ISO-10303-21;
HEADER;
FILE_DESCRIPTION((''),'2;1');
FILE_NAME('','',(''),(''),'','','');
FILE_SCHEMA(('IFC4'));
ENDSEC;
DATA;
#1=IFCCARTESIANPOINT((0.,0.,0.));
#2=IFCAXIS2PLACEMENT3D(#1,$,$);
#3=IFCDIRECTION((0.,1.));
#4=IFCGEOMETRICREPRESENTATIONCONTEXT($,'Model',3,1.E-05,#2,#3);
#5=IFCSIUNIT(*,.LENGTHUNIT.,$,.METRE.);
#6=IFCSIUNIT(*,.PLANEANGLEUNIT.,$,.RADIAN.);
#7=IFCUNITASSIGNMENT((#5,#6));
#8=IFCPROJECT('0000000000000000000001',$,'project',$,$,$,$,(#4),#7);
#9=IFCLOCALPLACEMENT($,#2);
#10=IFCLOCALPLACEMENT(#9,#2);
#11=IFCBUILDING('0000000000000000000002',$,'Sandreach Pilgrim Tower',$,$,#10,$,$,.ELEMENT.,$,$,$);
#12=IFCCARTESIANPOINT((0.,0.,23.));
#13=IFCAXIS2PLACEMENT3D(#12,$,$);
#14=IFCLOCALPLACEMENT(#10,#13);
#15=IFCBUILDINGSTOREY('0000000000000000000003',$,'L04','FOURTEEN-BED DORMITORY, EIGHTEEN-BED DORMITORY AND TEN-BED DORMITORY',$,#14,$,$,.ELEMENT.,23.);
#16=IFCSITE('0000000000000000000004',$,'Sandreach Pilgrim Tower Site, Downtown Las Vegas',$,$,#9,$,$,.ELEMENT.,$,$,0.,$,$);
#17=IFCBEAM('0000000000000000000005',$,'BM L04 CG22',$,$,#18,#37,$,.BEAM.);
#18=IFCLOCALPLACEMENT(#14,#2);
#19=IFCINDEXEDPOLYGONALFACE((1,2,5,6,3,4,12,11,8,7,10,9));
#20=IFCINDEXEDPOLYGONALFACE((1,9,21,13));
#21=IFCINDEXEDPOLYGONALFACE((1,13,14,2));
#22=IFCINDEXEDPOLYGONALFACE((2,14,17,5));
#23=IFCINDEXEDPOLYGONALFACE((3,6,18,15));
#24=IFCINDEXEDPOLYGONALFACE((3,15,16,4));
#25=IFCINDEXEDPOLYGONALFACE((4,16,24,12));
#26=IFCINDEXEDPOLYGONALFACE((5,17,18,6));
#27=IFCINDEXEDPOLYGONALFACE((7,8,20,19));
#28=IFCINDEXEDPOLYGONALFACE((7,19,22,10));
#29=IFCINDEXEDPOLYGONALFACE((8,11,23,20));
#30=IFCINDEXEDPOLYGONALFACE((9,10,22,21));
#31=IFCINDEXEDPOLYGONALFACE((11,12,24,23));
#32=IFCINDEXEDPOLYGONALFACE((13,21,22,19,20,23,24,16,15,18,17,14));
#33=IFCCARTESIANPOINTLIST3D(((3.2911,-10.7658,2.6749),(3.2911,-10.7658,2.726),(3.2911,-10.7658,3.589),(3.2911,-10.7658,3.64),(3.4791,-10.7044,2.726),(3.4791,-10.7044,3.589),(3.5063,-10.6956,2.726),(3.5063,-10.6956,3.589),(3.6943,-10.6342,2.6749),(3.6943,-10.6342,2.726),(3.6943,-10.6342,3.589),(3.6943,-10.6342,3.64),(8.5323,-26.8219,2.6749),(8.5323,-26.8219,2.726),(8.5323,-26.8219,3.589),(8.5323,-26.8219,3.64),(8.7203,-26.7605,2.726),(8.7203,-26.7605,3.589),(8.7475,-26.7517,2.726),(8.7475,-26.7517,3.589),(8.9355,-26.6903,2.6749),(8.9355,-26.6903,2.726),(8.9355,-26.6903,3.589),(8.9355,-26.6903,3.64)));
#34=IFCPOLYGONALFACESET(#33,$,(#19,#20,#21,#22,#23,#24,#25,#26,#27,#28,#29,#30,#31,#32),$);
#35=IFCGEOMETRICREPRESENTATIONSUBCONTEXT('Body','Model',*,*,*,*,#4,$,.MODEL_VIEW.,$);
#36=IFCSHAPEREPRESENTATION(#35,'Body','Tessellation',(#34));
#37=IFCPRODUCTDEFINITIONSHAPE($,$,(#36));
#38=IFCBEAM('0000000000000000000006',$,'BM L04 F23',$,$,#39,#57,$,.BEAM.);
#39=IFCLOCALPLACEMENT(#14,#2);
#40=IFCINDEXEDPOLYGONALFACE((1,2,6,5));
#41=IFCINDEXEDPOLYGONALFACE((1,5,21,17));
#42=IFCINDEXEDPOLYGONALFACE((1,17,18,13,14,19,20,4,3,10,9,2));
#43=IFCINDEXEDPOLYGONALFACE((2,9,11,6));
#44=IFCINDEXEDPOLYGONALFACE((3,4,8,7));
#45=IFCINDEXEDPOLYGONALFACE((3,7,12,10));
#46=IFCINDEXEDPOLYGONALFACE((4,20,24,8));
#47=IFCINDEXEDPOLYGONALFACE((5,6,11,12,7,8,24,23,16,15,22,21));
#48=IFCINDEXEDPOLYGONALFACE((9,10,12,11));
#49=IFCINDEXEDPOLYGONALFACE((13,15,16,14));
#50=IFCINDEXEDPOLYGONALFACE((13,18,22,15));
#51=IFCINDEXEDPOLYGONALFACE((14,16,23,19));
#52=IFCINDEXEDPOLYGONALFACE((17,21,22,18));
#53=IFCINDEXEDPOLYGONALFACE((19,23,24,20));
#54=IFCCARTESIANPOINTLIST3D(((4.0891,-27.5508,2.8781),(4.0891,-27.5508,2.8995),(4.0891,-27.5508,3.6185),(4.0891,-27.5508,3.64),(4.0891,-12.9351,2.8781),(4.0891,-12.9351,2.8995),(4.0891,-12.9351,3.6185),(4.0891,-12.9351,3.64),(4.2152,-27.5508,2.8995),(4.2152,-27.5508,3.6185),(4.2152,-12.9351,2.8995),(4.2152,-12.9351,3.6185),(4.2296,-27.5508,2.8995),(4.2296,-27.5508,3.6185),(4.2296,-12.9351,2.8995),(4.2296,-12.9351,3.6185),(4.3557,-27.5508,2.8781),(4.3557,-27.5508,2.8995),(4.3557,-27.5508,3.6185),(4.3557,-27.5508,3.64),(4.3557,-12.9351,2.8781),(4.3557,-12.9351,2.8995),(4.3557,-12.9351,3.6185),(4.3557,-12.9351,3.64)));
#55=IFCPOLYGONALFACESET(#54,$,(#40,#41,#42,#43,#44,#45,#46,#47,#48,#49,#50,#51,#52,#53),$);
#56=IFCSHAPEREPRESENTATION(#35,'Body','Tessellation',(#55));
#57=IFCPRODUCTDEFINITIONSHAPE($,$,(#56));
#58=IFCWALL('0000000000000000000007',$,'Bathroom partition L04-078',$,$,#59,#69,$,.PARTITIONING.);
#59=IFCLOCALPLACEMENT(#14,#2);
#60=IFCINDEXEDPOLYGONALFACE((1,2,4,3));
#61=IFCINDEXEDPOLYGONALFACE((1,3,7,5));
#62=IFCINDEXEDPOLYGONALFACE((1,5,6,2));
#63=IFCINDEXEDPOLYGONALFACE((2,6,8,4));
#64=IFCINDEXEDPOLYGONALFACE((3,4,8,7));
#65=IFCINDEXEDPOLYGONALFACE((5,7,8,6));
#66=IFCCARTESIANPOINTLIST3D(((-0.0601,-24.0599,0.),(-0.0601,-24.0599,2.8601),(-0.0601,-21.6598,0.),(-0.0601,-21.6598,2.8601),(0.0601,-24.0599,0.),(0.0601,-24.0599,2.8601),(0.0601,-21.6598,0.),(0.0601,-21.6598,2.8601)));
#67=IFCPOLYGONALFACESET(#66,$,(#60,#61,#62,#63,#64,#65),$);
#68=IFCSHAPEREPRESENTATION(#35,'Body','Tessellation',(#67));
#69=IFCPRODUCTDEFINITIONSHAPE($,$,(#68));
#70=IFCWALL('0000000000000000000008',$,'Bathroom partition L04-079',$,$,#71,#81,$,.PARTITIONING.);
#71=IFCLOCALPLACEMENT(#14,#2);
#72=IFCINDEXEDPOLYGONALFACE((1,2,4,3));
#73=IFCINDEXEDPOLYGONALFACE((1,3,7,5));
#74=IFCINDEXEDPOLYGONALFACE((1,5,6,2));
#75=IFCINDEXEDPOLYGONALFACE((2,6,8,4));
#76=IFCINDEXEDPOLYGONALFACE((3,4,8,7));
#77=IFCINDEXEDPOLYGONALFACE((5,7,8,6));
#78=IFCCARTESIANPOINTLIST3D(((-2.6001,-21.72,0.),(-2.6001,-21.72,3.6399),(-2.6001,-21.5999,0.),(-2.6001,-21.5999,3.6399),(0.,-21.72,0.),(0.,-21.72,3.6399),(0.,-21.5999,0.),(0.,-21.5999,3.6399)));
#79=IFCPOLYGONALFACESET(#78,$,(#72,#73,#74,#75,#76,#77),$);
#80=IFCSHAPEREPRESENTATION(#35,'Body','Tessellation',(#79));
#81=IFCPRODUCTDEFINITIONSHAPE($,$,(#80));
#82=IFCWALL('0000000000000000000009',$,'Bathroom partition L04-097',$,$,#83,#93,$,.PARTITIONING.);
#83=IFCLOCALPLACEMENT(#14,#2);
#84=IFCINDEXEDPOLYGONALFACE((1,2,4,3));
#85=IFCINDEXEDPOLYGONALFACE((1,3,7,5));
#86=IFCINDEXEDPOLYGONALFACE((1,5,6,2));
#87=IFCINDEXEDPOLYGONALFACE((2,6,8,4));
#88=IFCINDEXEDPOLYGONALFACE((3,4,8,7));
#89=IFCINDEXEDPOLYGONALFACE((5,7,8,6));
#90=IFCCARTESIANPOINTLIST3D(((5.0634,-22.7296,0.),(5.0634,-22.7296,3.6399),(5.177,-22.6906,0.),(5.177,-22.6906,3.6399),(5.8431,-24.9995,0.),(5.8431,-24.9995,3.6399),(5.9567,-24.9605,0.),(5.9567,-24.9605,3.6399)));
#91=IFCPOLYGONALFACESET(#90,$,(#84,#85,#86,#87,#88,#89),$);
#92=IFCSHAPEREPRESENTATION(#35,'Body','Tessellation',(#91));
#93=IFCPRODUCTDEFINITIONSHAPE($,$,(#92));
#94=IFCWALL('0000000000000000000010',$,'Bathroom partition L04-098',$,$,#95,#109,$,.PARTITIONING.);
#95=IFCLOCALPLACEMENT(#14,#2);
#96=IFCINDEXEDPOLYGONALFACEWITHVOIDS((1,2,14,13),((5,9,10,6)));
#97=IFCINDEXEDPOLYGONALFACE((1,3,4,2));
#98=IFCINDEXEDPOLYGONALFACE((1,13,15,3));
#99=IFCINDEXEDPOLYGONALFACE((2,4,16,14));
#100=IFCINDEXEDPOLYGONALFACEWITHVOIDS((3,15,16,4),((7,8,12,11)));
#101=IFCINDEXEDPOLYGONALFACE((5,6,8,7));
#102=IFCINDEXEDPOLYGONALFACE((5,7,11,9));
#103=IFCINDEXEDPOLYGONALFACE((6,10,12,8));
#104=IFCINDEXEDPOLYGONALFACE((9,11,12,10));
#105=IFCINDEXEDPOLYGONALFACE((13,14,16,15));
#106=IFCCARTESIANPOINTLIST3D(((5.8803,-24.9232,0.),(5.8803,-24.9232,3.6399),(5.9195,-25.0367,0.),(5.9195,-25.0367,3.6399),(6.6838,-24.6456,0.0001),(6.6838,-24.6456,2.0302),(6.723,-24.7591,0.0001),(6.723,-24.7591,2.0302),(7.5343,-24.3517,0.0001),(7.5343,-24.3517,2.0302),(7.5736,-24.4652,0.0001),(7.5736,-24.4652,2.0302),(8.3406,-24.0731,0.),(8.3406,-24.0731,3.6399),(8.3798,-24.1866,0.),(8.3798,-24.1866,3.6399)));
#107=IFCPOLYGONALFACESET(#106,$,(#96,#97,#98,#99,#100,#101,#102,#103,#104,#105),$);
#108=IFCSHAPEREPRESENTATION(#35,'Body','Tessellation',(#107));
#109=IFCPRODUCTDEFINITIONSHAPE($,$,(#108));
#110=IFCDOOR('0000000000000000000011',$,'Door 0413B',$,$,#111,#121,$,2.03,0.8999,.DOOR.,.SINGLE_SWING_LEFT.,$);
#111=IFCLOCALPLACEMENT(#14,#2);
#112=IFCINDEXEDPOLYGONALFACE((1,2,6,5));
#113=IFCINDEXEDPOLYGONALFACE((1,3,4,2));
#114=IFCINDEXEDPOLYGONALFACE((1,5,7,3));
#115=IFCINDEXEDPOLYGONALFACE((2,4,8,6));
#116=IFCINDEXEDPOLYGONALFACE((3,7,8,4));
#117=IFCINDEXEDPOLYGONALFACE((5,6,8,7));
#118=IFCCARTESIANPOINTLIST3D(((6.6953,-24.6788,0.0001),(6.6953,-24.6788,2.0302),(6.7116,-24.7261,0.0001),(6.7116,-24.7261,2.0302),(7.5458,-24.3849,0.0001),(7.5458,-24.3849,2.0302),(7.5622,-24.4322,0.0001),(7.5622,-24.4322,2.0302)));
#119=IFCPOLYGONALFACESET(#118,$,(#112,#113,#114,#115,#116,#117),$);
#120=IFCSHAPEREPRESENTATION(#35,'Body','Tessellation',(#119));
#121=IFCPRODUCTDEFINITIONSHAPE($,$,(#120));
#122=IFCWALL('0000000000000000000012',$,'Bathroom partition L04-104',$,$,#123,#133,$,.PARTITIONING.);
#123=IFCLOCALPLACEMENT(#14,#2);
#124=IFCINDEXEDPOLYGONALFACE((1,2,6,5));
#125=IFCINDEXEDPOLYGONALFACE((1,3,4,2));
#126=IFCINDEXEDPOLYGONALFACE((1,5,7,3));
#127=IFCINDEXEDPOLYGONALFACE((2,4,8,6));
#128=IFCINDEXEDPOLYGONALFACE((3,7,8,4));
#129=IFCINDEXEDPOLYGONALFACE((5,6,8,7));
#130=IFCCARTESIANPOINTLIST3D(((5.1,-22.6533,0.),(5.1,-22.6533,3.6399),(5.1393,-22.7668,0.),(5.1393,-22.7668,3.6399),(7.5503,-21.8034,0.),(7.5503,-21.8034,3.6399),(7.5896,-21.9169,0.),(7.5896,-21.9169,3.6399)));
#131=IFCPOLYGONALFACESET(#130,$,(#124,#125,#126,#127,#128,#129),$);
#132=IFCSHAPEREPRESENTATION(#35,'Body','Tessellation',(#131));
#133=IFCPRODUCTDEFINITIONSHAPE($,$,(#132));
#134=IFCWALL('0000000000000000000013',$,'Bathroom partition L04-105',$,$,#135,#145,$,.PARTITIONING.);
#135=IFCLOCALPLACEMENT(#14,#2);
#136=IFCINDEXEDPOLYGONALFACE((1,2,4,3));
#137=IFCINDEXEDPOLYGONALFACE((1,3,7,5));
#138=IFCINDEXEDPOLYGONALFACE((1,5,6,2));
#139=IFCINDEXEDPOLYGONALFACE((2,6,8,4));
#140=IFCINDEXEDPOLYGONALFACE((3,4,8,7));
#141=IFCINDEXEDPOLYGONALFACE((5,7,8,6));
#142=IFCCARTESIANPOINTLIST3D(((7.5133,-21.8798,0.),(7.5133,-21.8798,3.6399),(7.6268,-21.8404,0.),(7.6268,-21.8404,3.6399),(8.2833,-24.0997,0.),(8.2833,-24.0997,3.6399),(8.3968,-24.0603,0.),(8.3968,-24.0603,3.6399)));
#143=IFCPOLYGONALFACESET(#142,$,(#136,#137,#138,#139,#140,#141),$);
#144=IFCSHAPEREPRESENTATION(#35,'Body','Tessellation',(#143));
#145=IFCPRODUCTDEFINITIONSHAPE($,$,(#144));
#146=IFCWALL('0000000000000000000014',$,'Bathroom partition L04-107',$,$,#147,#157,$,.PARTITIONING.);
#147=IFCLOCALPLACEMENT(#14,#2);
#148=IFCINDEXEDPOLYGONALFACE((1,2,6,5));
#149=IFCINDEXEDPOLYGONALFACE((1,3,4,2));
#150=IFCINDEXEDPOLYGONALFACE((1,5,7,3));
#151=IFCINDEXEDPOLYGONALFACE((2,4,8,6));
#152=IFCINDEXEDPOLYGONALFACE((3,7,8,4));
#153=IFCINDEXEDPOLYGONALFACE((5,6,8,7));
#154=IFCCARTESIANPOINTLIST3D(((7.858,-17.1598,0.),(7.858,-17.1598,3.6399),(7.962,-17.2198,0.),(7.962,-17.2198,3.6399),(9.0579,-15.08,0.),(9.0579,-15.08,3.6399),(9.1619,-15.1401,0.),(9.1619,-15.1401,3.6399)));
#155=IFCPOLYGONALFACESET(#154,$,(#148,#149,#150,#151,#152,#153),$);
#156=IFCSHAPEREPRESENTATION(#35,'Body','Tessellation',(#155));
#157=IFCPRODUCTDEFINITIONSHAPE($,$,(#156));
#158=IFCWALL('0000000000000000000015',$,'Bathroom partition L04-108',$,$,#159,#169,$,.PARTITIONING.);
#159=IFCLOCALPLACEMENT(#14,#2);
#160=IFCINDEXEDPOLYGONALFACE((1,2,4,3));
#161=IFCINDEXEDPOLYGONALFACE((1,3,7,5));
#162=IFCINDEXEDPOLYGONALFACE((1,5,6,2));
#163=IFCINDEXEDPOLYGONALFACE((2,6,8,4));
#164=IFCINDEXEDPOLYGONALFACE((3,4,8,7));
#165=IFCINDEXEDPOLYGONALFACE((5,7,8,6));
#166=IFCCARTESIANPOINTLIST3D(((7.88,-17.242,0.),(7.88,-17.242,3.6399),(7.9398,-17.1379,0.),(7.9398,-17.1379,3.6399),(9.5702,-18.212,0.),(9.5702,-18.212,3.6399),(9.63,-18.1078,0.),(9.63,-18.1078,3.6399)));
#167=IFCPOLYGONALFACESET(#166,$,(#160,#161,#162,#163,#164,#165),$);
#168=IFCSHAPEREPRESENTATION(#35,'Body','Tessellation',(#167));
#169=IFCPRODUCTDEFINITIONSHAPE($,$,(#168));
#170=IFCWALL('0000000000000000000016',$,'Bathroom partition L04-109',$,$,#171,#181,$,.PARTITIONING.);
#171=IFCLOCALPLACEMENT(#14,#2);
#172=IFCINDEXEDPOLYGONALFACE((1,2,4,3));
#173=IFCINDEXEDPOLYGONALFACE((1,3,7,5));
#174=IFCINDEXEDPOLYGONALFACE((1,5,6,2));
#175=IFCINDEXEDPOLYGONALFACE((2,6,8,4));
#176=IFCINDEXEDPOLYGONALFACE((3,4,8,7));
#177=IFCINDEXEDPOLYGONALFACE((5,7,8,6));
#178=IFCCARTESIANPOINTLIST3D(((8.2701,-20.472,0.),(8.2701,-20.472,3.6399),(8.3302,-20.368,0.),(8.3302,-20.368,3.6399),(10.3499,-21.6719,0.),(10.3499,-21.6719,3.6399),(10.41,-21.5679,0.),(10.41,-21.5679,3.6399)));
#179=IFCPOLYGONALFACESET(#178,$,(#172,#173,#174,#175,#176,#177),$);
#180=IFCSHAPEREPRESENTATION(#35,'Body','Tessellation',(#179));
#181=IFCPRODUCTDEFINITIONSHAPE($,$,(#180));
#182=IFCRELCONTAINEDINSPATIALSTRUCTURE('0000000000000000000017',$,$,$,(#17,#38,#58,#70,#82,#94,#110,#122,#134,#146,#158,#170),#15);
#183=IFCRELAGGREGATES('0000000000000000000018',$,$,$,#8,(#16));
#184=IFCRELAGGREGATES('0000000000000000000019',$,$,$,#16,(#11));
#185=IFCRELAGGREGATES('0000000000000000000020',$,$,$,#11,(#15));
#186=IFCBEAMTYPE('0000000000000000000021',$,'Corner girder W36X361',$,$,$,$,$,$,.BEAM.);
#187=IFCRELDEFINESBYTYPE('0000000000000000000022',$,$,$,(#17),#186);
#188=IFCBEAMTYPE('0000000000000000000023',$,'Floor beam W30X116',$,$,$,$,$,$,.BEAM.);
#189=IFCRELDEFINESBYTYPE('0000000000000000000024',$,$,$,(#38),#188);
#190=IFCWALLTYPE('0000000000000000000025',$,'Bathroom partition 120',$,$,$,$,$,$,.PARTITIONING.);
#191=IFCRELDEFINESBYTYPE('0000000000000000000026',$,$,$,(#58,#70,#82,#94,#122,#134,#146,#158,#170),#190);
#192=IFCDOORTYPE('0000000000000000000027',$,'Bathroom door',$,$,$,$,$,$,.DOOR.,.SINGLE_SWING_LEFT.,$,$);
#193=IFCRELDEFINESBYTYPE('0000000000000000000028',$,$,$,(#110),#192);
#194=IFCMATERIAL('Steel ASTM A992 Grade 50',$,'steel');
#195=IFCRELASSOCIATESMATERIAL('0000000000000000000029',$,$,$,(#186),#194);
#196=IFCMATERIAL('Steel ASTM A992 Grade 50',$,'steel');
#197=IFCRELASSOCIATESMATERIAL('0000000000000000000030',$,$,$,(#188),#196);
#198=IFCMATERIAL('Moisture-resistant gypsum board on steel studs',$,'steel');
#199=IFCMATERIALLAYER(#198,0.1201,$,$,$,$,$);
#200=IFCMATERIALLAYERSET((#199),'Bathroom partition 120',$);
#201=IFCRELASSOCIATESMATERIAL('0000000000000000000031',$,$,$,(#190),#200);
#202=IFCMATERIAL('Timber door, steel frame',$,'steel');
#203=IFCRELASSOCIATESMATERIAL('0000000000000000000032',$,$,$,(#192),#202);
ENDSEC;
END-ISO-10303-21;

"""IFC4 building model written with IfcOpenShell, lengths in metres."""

from ifc_helpers import new_model, si_unit, direction, frame, frame_2d, origin, origin_2d, place, context, subcontext, project, spatial, rectangle, i_section, extrude, material, layer, layer_set, material_profile, profile_set, type_object, element, fill, save


model = new_model("IFC4")

# Units and contexts
model_context = context("Model", 3, precision=1e-05, world=origin(), true_north=direction((0.0, 1.0)))
body_context = subcontext(model_context, "Body", "Model", "MODEL_VIEW")
ifc_project = project(units=[si_unit("LENGTHUNIT", "METRE"), si_unit("PLANEANGLEUNIT", "RADIAN")], contexts=[model_context])

# Site, building, storey
site_placement = place(None, origin())
site = spatial("IfcSite", under=ifc_project, at=site_placement, Name="Sandreach Pilgrim Tower Site, Downtown Las Vegas", CompositionType="ELEMENT", RefElevation=0.0)
building_placement = place(site_placement, origin())
building = spatial("IfcBuilding", under=site, at=building_placement, Name="Sandreach Pilgrim Tower", CompositionType="ELEMENT")
storey_placement = place(building_placement, frame((0.0, 0.0, 23.0)))
storey = spatial("IfcBuildingStorey", under=building, at=storey_placement, Name="L04", Description="FOURTEEN-BED DORMITORY, EIGHTEEN-BED DORMITORY AND TEN-BED DORMITORY", CompositionType="ELEMENT", Elevation=23.0)

# Beams
ifc_material_1 = material(Name="Steel ASTM A992 Grade 50", Category="steel")
ifc_material_profile_1 = material_profile(ifc_material_1, i_section(OverallWidth=0.4241, OverallDepth=0.9651, WebThickness=0.0286, FlangeThickness=0.051, at=origin_2d()), Name="W36X361")
ifc_profile_set_1 = profile_set([ifc_material_profile_1], Name="Steel ASTM A992 Grade 50")
beam_type_1 = type_object("IfcBeamType", Name="Corner girder W36X361", PredefinedType="BEAM", material=ifc_profile_set_1)
beam_1_placement = place(storey_placement, frame((8.7339, -26.7561, 3.1575), z_axis=(-0.310315, 0.950634, 0.0), x_axis=(-0.950634, -0.310315, 0.0)))
element("IfcBeam", 1, at=beam_1_placement, inside=storey, type_object=beam_type_1, Name="BM L04 CG22", PredefinedType="BEAM", context=body_context, shape_type="SweptSolid", body=[
    extrude(i_section(OverallWidth=0.4241, OverallDepth=0.9651, WebThickness=0.0286, FlangeThickness=0.051, at=origin_2d()), origin(), (0.0, 0.0, 1.0), 16.8899),
])
ifc_material_2 = material(Name="Steel ASTM A992 Grade 50", Category="steel")
ifc_material_profile_2 = material_profile(ifc_material_2, i_section(OverallWidth=0.2666, OverallDepth=0.762, WebThickness=0.0144, FlangeThickness=0.0215, at=origin_2d()), Name="W30X116")
ifc_profile_set_2 = profile_set([ifc_material_profile_2], Name="Steel ASTM A992 Grade 50")
beam_type_2 = type_object("IfcBeamType", Name="Floor beam W30X116", PredefinedType="BEAM", material=ifc_profile_set_2)
beam_2_placement = place(storey_placement, frame((4.2224, -27.5508, 3.259), z_axis=(0.0, 1.0, 0.0), x_axis=(-1.0, 0.0, 0.0)))
element("IfcBeam", 2, at=beam_2_placement, inside=storey, type_object=beam_type_2, Name="BM L04 F23", PredefinedType="BEAM", context=body_context, shape_type="SweptSolid", body=[
    extrude(i_section(OverallWidth=0.2666, OverallDepth=0.762, WebThickness=0.0144, FlangeThickness=0.0215, at=origin_2d()), origin(), (0.0, 0.0, 1.0), 14.6157),
])

# Walls
ifc_material_3 = material(Name="Moisture-resistant gypsum board on steel studs", Category="steel")
ifc_layer_1 = layer(ifc_material_3, 0.1201)
ifc_layer_set_1 = layer_set([ifc_layer_1], Name="Bathroom partition 120")
wall_type_1 = type_object("IfcWallType", Name="Bathroom partition 120", PredefinedType="PARTITIONING", material=ifc_layer_set_1)
wall_1_placement = place(storey_placement, frame((0.0, -24.0601, 0.0), z_axis=(0.0, 0.0, 1.0), x_axis=(0.0, 1.0, 0.0)))
element("IfcWall", 3, at=wall_1_placement, inside=storey, type_object=wall_type_1, Name="Bathroom partition L04-078", PredefinedType="PARTITIONING", context=body_context, shape_type="SweptSolid", body=[
    extrude(rectangle(XDim=2.4001, YDim=0.1201, at=frame_2d((1.2002, 0.0))), origin(), (0.0, 0.0, 1.0), 2.8601),
])
wall_2_placement = place(storey_placement, frame((0.0, -21.6599, 0.0), z_axis=(0.0, 0.0, 1.0), x_axis=(-1.0, 0.0, 0.0)))
element("IfcWall", 4, at=wall_2_placement, inside=storey, type_object=wall_type_1, Name="Bathroom partition L04-079", PredefinedType="PARTITIONING", context=body_context, shape_type="SweptSolid", body=[
    extrude(rectangle(XDim=2.6001, YDim=0.1201, at=frame_2d((1.3, 0.0))), origin(), (0.0, 0.0, 1.0), 3.6399),
])
wall_3_placement = place(storey_placement, frame((5.1201, -22.71, 0.0), z_axis=(0.0, 0.0, 1.0), x_axis=(0.324881, -0.945755, 0.0)))
element("IfcWall", 5, at=wall_3_placement, inside=storey, type_object=wall_type_1, Name="Bathroom partition L04-097", PredefinedType="PARTITIONING", context=body_context, shape_type="SweptSolid", body=[
    extrude(rectangle(XDim=2.4001, YDim=0.1201, at=frame_2d((1.2002, 0.0))), origin(), (0.0, 0.0, 1.0), 3.6399),
])

# Wall, opening, door
wall_4_placement = place(storey_placement, frame((5.8999, -24.98, 0.0), z_axis=(0.0, 0.0, 1.0), x_axis=(0.945165, 0.326592, 0.0)))
wall_4 = element("IfcWall", 6, at=wall_4_placement, inside=storey, type_object=wall_type_1, Name="Bathroom partition L04-098", PredefinedType="PARTITIONING", context=body_context, shape_type="SweptSolid", body=[
    extrude(rectangle(XDim=2.603, YDim=0.1201, at=frame_2d((1.3015, 0.0))), origin(), (0.0, 0.0, 1.0), 3.6399),
])
opening_1_placement = place(wall_4_placement, frame((0.8501, 0.0, 0.0)))
opening_1 = element("IfcOpeningElement", 7, at=opening_1_placement, cuts=wall_4, PredefinedType="OPENING", context=body_context, shape_type="SweptSolid", body=[
    extrude(rectangle(XDim=0.8999, YDim=2.03, at=frame_2d((0.45, 1.0151))), frame((0.0, 0.0601, 0.0), z_axis=(0.0, -1.0, 0.0), x_axis=(1.0, 0.0, 0.0)), (0.0, 0.0, 1.0), 0.1201),
])
ifc_material_4 = material(Name="Timber door, steel frame", Category="steel")
door_type_1 = type_object("IfcDoorType", Name="Bathroom door", OperationType="SINGLE_SWING_LEFT", PredefinedType="DOOR", material=ifc_material_4)
door_1_placement = place(opening_1_placement, origin())
door_1 = element("IfcDoor", 8, at=door_1_placement, inside=storey, type_object=door_type_1, Name="Door 0413B", OperationType="SINGLE_SWING_LEFT", OverallHeight=2.03, OverallWidth=0.8999, PredefinedType="DOOR", context=body_context, shape_type="SweptSolid", body=[
    extrude(rectangle(XDim=0.8999, YDim=2.03, at=frame_2d((0.45, 1.0151))), frame((0.0, 0.0249, 0.0), z_axis=(0.0, -1.0, 0.0), x_axis=(1.0, 0.0, 0.0)), (0.0, 0.0, 1.0), 0.05),
])
fill(opening_1, door_1)

# Walls
wall_5_placement = place(storey_placement, frame((7.5701, -21.8601, 0.0), z_axis=(0.0, 0.0, 1.0), x_axis=(-0.944782, -0.327699, 0.0)))
element("IfcWall", 9, at=wall_5_placement, inside=storey, type_object=wall_type_1, Name="Bathroom partition L04-104", PredefinedType="PARTITIONING", context=body_context, shape_type="SweptSolid", body=[
    extrude(rectangle(XDim=2.5935, YDim=0.1201, at=frame_2d((1.2969, 0.0))), origin(), (0.0, 0.0, 1.0), 3.6399),
])
wall_6_placement = place(storey_placement, frame((7.5701, -21.8601, 0.0), z_axis=(0.0, 0.0, 1.0), x_axis=(0.327706, -0.94478, 0.0)))
element("IfcWall", 10, at=wall_6_placement, inside=storey, type_object=wall_type_1, Name="Bathroom partition L04-105", PredefinedType="PARTITIONING", context=body_context, shape_type="SweptSolid", body=[
    extrude(rectangle(XDim=2.3496, YDim=0.1201, at=frame_2d((1.1748, 0.0))), origin(), (0.0, 0.0, 1.0), 3.6399),
])
wall_7_placement = place(storey_placement, frame((7.9099, -17.1899, 0.0), z_axis=(0.0, 0.0, 1.0), x_axis=(0.499737, 0.866177, 0.0)))
element("IfcWall", 11, at=wall_7_placement, inside=storey, type_object=wall_type_1, Name="Bathroom partition L04-107", PredefinedType="PARTITIONING", context=body_context, shape_type="SweptSolid", body=[
    extrude(rectangle(XDim=2.4011, YDim=0.1201, at=frame_2d((1.2007, 0.0))), origin(), (0.0, 0.0, 1.0), 3.6399),
])
wall_8_placement = place(storey_placement, frame((7.9099, -17.1899, 0.0), z_axis=(0.0, 0.0, 1.0), x_axis=(0.867324, -0.497744, 0.0)))
element("IfcWall", 12, at=wall_8_placement, inside=storey, type_object=wall_type_1, Name="Bathroom partition L04-108", PredefinedType="PARTITIONING", context=body_context, shape_type="SweptSolid", body=[
    extrude(rectangle(XDim=1.9487, YDim=0.1201, at=frame_2d((0.9744, 0.0))), origin(), (0.0, 0.0, 1.0), 3.6399),
])
wall_9_placement = place(storey_placement, frame((8.3, -20.4199, 0.0), z_axis=(0.0, 0.0, 1.0), x_axis=(0.866177, -0.499737, 0.0)))
element("IfcWall", 13, at=wall_9_placement, inside=storey, type_object=wall_type_1, Name="Bathroom partition L04-109", PredefinedType="PARTITIONING", context=body_context, shape_type="SweptSolid", body=[
    extrude(rectangle(XDim=2.4011, YDim=0.1201, at=frame_2d((1.2007, 0.0))), origin(), (0.0, 0.0, 1.0), 3.6399),
])

save(model, "model.ifc")
